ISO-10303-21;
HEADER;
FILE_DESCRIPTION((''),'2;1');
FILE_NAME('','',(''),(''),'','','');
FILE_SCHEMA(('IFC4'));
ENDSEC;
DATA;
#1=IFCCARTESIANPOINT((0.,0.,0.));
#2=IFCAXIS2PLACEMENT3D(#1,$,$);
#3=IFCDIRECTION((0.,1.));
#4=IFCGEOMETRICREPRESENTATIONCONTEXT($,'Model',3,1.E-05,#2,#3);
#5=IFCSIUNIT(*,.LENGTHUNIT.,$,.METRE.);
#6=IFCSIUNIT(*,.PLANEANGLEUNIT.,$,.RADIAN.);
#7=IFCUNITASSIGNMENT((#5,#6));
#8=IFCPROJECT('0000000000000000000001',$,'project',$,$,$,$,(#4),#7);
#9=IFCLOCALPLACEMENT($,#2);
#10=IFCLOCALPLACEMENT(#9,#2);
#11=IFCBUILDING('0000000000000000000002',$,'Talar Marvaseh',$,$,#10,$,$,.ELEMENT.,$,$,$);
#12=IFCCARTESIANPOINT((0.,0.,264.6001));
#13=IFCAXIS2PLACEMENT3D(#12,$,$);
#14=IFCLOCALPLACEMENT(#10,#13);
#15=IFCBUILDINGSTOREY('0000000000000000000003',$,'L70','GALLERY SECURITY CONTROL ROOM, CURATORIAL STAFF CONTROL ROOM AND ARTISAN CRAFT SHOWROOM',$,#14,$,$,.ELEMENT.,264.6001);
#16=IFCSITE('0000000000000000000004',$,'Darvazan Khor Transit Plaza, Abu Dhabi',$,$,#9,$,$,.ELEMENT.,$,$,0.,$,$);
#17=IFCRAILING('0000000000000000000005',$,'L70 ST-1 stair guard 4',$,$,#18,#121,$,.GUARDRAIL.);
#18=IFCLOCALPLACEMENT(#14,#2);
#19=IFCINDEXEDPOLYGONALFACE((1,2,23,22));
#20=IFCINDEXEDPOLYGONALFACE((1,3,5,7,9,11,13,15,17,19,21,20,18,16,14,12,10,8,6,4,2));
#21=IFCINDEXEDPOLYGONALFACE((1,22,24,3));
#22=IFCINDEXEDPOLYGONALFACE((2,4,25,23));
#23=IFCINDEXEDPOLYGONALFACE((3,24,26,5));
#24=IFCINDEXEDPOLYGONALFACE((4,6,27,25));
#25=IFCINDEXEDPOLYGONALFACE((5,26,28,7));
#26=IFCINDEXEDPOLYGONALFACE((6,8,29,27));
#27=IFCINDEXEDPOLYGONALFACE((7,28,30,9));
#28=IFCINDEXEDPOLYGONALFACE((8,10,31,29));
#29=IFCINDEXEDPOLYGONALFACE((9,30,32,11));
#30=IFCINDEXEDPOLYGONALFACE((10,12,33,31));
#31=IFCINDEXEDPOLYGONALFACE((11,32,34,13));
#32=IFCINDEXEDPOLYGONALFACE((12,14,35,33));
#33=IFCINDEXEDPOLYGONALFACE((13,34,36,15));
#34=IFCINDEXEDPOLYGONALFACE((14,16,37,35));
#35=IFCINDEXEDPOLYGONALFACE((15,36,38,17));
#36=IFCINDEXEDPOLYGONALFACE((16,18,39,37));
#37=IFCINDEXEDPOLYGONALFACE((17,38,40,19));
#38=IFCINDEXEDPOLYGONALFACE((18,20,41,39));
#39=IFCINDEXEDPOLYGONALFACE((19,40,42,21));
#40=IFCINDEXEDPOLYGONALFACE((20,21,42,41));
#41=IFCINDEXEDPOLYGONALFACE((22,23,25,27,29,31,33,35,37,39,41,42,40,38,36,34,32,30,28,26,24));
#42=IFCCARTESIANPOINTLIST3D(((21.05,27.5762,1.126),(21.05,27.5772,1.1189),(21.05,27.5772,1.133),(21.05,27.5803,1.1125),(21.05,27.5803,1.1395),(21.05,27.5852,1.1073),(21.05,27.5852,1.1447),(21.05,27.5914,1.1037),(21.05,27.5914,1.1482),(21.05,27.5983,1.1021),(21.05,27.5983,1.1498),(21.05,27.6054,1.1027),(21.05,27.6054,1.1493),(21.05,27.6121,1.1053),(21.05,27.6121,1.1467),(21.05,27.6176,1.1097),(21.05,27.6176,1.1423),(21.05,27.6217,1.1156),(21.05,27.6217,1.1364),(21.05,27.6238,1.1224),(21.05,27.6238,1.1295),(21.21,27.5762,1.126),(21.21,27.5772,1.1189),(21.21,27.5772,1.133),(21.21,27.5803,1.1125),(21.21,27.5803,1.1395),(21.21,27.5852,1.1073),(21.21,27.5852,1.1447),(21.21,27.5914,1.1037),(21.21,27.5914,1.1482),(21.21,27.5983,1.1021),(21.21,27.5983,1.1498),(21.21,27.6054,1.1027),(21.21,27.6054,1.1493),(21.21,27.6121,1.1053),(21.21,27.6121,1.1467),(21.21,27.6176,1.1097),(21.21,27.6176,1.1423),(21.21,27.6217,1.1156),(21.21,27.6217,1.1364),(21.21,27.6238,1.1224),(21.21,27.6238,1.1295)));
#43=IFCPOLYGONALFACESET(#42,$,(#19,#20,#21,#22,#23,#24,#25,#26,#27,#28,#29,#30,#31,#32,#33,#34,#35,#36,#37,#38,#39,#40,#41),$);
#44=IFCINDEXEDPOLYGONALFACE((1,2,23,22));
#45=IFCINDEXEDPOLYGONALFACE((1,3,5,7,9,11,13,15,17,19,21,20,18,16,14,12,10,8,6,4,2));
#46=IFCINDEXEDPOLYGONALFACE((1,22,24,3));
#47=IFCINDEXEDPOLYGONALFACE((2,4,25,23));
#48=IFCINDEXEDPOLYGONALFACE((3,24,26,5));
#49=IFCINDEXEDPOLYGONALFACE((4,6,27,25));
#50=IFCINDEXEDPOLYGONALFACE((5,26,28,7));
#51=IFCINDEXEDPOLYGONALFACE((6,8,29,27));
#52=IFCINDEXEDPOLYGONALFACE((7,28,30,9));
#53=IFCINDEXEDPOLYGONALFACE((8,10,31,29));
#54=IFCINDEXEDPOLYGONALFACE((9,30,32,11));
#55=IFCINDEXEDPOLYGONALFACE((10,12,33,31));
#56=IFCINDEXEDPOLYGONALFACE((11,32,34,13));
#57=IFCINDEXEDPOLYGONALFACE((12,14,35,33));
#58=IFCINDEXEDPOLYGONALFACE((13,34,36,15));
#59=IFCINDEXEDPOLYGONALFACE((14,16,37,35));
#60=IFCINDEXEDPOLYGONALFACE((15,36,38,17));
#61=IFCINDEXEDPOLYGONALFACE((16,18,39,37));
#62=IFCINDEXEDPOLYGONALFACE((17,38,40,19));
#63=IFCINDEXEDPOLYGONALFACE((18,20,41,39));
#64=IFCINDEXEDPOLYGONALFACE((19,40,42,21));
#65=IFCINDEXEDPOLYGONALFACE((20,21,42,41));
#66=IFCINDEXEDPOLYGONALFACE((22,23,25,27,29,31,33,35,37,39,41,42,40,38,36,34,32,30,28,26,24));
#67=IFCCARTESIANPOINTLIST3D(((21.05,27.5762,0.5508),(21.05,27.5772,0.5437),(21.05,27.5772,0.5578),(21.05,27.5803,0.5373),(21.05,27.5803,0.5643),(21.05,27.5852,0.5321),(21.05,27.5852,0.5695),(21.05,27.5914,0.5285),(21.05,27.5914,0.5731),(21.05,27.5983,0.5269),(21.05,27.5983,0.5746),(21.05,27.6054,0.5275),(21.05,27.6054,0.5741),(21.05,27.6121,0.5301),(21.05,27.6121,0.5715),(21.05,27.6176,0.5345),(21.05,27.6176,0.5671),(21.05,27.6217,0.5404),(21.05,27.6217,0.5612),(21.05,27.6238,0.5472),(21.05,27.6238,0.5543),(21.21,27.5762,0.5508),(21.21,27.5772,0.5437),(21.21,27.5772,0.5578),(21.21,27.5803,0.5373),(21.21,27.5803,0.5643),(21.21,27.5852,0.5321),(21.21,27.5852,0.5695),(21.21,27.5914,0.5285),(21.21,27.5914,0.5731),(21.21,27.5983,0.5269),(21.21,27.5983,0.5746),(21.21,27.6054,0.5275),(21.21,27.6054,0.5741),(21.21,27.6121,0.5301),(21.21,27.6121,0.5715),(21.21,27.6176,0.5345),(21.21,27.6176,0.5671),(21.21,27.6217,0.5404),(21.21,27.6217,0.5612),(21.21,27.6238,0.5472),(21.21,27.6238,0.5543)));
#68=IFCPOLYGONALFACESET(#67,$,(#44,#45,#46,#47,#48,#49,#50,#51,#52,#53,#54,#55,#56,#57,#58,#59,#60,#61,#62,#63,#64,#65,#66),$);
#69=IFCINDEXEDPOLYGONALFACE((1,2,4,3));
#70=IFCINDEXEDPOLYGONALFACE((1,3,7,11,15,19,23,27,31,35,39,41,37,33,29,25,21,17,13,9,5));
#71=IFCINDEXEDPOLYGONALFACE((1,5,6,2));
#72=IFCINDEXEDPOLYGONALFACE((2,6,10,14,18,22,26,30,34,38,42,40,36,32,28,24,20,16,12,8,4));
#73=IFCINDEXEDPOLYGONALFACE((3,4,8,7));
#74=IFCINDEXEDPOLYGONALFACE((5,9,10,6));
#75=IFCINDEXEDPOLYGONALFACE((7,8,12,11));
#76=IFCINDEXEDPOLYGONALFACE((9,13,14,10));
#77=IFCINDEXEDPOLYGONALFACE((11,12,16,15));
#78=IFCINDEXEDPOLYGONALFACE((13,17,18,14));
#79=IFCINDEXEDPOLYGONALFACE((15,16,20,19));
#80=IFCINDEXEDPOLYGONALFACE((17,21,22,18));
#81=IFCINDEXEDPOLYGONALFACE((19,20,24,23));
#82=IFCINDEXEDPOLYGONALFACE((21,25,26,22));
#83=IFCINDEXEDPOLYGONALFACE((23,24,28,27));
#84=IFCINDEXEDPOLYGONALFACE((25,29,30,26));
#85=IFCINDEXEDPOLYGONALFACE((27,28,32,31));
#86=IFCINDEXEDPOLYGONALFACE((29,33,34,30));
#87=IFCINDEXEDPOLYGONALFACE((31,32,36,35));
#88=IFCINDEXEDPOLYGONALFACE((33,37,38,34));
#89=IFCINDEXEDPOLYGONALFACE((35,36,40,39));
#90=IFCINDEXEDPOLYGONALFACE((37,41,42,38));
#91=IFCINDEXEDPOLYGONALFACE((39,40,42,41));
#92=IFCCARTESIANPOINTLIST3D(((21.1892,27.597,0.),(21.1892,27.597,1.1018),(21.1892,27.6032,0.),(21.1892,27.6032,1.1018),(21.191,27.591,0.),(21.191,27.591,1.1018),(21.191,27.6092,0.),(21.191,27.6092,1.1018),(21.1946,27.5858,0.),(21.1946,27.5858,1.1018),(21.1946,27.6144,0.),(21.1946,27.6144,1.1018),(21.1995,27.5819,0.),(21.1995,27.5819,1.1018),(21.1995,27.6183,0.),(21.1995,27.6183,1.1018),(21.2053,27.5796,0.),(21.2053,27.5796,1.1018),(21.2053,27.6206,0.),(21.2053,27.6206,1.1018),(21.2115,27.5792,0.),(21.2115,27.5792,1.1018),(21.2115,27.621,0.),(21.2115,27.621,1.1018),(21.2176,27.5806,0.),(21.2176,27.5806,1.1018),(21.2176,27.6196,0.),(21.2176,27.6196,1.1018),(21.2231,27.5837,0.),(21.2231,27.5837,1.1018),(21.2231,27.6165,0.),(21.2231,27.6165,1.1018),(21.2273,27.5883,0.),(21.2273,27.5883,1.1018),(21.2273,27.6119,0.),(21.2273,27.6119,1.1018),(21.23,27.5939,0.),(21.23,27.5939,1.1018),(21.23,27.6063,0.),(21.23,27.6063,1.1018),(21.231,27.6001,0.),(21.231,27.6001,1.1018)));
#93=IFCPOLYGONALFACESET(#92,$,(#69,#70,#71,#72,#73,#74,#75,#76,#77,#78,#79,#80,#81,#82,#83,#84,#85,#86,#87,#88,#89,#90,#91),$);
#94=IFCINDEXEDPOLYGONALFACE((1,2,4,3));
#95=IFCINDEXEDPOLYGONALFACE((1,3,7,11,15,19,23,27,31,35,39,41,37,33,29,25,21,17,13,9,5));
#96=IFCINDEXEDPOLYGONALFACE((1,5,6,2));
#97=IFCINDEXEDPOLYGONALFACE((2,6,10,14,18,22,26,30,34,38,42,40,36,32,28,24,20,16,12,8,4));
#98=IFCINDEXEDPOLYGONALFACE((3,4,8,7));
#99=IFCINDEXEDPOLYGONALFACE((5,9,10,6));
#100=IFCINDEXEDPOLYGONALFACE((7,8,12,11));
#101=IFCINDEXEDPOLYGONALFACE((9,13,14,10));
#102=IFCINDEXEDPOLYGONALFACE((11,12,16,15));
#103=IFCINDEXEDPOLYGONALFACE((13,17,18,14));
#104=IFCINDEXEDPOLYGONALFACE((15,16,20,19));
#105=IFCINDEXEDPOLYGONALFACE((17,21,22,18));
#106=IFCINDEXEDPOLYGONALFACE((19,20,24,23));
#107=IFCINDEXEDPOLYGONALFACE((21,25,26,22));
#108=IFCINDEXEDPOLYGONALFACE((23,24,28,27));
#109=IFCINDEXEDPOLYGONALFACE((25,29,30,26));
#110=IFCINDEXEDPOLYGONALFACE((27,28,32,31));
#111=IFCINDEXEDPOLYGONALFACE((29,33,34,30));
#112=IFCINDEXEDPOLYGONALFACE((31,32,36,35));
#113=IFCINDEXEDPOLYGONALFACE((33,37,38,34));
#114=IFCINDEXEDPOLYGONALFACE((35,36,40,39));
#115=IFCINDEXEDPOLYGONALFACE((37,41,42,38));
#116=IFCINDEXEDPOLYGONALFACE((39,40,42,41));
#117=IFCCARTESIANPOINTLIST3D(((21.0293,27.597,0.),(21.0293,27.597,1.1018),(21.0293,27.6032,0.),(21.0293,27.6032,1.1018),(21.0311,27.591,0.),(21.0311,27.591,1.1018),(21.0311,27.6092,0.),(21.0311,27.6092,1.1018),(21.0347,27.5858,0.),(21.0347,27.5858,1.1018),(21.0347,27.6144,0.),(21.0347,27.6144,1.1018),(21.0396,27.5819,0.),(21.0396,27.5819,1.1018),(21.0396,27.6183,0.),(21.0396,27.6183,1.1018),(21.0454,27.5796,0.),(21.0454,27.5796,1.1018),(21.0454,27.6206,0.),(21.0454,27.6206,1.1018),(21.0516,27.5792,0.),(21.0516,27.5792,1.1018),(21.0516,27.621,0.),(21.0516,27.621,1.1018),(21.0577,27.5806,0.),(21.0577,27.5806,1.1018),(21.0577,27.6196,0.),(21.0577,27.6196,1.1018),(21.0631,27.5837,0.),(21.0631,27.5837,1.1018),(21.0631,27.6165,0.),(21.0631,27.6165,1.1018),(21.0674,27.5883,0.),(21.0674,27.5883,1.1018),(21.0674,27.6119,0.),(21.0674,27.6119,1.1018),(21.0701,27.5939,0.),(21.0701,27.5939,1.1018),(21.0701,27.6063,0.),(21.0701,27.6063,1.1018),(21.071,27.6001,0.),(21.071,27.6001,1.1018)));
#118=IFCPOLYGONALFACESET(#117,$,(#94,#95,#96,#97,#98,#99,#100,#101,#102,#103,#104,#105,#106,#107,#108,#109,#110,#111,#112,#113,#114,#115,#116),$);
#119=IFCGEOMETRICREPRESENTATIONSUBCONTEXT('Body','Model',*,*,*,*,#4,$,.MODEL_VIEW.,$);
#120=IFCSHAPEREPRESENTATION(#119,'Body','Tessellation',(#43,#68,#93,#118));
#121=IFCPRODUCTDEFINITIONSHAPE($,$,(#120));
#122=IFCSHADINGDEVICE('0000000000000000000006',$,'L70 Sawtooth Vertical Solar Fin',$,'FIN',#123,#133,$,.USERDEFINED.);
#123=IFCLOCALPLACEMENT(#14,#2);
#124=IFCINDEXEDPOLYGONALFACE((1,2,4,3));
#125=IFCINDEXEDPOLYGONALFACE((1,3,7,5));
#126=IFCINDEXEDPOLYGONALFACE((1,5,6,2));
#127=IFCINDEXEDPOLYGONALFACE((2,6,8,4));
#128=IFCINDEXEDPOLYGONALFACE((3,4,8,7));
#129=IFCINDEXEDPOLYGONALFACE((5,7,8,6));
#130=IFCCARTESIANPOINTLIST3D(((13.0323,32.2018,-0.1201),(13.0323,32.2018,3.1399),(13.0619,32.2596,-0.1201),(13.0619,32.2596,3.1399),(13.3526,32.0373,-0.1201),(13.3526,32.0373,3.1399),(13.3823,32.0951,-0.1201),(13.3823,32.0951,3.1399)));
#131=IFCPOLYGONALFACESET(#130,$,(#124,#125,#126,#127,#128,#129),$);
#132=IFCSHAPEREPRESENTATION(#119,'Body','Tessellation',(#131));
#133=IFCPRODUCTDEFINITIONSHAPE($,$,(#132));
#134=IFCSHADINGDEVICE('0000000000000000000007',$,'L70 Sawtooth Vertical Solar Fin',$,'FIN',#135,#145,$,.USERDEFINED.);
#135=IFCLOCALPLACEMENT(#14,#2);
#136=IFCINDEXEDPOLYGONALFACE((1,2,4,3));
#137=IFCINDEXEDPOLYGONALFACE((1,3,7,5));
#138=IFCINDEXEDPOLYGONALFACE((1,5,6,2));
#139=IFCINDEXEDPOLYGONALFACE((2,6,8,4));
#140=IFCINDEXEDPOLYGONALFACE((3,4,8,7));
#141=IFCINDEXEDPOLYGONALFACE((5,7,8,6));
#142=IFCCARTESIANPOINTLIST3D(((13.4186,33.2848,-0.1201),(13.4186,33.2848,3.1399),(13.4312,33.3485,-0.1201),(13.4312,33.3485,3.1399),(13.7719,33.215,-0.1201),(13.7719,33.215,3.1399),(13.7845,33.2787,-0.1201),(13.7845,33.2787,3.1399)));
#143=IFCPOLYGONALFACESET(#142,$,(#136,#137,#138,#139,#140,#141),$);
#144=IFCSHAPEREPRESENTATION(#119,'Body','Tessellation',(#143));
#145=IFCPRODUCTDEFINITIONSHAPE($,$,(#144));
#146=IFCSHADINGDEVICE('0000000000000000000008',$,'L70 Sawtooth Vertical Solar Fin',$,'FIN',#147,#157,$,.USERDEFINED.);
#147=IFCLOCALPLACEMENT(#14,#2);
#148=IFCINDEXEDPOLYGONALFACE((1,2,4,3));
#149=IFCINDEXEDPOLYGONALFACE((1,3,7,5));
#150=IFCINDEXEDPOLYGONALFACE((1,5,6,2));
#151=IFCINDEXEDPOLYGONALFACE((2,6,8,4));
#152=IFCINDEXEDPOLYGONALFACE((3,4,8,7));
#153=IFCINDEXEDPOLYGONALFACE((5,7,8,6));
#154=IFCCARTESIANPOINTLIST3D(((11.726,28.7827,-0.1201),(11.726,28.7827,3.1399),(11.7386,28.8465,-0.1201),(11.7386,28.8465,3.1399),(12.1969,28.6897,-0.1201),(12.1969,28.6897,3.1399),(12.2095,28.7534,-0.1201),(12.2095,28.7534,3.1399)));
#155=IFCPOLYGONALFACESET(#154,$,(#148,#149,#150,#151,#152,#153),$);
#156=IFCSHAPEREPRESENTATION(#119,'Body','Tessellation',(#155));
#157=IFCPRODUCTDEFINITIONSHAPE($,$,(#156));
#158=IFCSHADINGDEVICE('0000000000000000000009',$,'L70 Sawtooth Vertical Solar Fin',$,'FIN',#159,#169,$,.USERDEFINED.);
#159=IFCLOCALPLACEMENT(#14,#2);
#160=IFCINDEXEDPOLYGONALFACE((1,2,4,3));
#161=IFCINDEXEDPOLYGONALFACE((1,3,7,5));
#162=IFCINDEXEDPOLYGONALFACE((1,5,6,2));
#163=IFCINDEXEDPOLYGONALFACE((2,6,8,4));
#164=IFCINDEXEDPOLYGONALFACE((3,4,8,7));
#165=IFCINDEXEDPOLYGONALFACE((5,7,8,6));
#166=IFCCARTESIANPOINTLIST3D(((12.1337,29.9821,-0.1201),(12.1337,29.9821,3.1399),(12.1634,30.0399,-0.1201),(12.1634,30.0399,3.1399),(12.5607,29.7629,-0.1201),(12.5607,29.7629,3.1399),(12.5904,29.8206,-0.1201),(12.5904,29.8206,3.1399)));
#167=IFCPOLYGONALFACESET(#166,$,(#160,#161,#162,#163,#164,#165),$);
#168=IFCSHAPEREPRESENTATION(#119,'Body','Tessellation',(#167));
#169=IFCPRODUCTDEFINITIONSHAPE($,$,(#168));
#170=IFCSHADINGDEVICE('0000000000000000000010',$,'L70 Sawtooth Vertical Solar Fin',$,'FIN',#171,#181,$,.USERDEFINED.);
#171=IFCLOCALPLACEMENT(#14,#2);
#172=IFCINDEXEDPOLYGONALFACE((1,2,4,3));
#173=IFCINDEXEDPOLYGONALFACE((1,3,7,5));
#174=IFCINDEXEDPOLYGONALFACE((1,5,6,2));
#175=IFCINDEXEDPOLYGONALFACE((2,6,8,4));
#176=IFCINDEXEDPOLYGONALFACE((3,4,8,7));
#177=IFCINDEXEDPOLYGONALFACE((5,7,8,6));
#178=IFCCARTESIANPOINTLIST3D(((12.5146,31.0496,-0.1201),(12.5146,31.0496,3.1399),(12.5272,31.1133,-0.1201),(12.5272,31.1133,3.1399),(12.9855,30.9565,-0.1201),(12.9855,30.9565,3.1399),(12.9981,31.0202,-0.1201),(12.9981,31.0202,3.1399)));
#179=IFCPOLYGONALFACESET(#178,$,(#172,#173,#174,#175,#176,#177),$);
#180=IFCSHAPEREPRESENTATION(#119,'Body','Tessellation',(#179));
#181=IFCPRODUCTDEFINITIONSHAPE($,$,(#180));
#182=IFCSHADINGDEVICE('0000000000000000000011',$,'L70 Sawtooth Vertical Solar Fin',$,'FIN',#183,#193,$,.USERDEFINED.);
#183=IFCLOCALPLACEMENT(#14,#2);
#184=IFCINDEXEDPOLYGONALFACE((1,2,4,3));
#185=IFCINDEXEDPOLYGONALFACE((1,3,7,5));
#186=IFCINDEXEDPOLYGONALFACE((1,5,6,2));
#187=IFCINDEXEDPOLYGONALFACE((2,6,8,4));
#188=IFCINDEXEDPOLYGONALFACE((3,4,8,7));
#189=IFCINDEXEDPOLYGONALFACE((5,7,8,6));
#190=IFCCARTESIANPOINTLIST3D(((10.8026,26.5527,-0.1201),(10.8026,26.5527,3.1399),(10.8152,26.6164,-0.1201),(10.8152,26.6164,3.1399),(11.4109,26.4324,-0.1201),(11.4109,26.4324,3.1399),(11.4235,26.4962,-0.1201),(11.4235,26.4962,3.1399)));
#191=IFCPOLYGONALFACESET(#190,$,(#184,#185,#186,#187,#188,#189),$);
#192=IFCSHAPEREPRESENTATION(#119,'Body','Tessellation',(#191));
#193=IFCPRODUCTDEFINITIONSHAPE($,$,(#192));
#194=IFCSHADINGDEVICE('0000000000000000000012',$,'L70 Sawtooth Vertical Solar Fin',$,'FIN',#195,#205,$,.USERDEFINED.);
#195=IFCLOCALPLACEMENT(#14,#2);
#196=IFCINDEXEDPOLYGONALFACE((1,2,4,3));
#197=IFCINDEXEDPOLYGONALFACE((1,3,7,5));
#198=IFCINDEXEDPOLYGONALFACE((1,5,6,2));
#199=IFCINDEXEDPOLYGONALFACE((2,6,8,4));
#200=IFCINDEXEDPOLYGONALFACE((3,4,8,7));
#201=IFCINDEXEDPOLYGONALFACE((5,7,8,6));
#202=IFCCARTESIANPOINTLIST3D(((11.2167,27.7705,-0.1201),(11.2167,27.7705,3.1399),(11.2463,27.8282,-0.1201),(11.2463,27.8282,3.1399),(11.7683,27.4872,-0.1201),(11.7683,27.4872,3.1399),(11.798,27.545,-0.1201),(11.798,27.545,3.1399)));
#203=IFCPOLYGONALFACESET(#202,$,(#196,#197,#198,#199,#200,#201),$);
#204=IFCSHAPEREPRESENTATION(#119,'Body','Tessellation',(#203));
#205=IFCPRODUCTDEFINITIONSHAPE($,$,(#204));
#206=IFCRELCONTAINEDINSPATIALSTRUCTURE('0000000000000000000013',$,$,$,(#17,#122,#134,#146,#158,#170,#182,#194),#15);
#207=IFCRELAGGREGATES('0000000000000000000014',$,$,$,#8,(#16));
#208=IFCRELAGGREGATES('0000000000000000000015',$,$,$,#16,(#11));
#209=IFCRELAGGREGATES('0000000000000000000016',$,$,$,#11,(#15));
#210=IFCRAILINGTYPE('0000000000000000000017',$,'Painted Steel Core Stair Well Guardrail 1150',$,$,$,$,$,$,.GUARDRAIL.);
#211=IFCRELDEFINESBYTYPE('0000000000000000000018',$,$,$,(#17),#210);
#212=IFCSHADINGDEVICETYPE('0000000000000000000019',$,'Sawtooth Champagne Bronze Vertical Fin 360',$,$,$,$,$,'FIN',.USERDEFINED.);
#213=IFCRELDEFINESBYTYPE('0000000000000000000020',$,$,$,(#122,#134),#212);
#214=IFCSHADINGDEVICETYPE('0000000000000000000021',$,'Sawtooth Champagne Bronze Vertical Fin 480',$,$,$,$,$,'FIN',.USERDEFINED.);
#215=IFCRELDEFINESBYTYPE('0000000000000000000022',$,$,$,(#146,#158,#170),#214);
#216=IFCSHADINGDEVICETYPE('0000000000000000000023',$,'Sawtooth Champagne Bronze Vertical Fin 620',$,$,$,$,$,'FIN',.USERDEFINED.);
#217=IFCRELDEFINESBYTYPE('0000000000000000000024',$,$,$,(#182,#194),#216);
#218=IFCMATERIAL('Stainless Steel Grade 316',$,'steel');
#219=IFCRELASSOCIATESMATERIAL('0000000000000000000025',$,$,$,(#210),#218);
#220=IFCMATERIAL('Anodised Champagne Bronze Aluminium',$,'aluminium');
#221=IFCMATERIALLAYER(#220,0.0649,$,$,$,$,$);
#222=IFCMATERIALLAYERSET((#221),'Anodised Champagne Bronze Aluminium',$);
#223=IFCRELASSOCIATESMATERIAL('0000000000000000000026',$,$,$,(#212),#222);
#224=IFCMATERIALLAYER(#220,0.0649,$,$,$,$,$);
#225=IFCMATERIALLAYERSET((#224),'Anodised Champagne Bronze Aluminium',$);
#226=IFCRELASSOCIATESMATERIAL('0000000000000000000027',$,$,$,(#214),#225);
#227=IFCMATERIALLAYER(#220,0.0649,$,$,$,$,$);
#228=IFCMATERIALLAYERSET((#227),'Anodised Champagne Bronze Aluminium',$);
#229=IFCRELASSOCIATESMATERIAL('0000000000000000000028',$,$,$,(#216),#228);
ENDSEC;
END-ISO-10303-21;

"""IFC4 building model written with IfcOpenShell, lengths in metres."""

from ifc_helpers import new_model, si_unit, direction, frame, origin, origin_2d, place, context, subcontext, project, spatial, rectangle, circle, extrude, source, transform, mapped, material, layer, layer_set, type_object, type_shapes, element, save


model = new_model("IFC4")

# Units and contexts
model_context = context("Model", 3, precision=1e-05, world=origin(), true_north=direction((0.0, 1.0)))
body_context = subcontext(model_context, "Body", "Model", "MODEL_VIEW")
ifc_project = project(units=[si_unit("LENGTHUNIT", "METRE"), si_unit("PLANEANGLEUNIT", "RADIAN")], contexts=[model_context])

# Site, building, storey
site_placement = place(None, origin())
site = spatial("IfcSite", under=ifc_project, at=site_placement, Name="Darvazan Khor Transit Plaza, Abu Dhabi", CompositionType="ELEMENT", RefElevation=0.0)
building_placement = place(site_placement, origin())
building = spatial("IfcBuilding", under=site, at=building_placement, Name="Talar Marvaseh", CompositionType="ELEMENT")
storey_placement = place(building_placement, frame((0.0, 0.0, 264.6001)))
storey = spatial("IfcBuildingStorey", under=building, at=storey_placement, Name="L70", Description="GALLERY SECURITY CONTROL ROOM, CURATORIAL STAFF CONTROL ROOM AND ARTISAN CRAFT SHOWROOM", CompositionType="ELEMENT", Elevation=264.6001)

# Railing
ifc_material_1 = material(Name="Stainless Steel Grade 316", Category="steel")
railing_type_1 = type_object("IfcRailingType", Name="Painted Steel Core Stair Well Guardrail 1150", PredefinedType="GUARDRAIL", material=ifc_material_1)
railing_1_placement = place(storey_placement, frame((21.21, 27.6001, 0.0)))
element("IfcRailing", 1, at=railing_1_placement, inside=storey, type_object=railing_type_1, Name="L70 ST-1 stair guard 4", PredefinedType="GUARDRAIL", context=body_context, shape_type="SweptSolid", body=[
    extrude(circle(Radius=0.0239, at=origin_2d()), frame((0.0, 0.0, 1.126), z_axis=(-1.0, 0.0, 0.0), x_axis=(0.0, -1.0, 0.0)), (0.0, 0.0, 1.0), 0.1599),
    extrude(circle(Radius=0.0239, at=origin_2d()), frame((0.0, 0.0, 0.5508), z_axis=(-1.0, 0.0, 0.0), x_axis=(0.0, -1.0, 0.0)), (0.0, 0.0, 1.0), 0.1599),
    extrude(circle(Radius=0.021, at=origin_2d()), origin(), (0.0, 0.0, 1.0), 1.1018),
    extrude(circle(Radius=0.021, at=origin_2d()), frame((-0.1599, 0.0, 0.0)), (0.0, 0.0, 1.0), 1.1018),
])

# Shading devices
ifc_material_2 = material(Name="Anodised Champagne Bronze Aluminium", Category="aluminium")
ifc_layer_1 = layer(ifc_material_2, 0.0649)
ifc_layer_set_1 = layer_set([ifc_layer_1], Name="Anodised Champagne Bronze Aluminium")
shading_device_type_1 = type_object("IfcShadingDeviceType", Name="Sawtooth Champagne Bronze Vertical Fin 360", ElementType="FIN", PredefinedType="USERDEFINED", material=ifc_layer_set_1)
shared_shape_1 = source(origin(), body_context, "Body", "SweptSolid", [
    extrude(rectangle(XDim=0.3601, YDim=0.0649, at=origin_2d()), origin(), (0.0, 0.0, 1.0), 3.26),
])
type_shapes(shading_device_type_1, [shared_shape_1])
for number, where, z_axis, x_axis, name in (
    (2, (13.2073, 32.1484, -0.1201), (0.0, 0.0, 1.0), (-0.889576, 0.456787, 0.0), "L70 Sawtooth Vertical Solar Fin"),
    (3, (13.6016, 33.2817, -0.1201), (0.0, 0.0, 1.0), (-0.981023, 0.193892, 0.0), "L70 Sawtooth Vertical Solar Fin"),
):
    element("IfcShadingDevice", number, at=place(storey_placement, frame(where, z_axis=z_axis, x_axis=x_axis)), inside=storey, type_object=shading_device_type_1, Name=name, ObjectType="FIN", PredefinedType="USERDEFINED", context=body_context, shape_type="MappedRepresentation", body=[
        mapped(shared_shape_1, transform((0.0, 0.0, 0.0), x_axis=(1.0, 0.0, 0.0), y_axis=(0.0, 1.0, 0.0), z_axis=(0.0, 0.0, 1.0), scale=1.0)),
    ])
ifc_layer_2 = layer(ifc_material_2, 0.0649)
ifc_layer_set_2 = layer_set([ifc_layer_2], Name="Anodised Champagne Bronze Aluminium")
shading_device_type_2 = type_object("IfcShadingDeviceType", Name="Sawtooth Champagne Bronze Vertical Fin 480", ElementType="FIN", PredefinedType="USERDEFINED", material=ifc_layer_set_2)
shared_shape_2 = source(origin(), body_context, "Body", "SweptSolid", [
    extrude(rectangle(XDim=0.48, YDim=0.0649, at=origin_2d()), origin(), (0.0, 0.0, 1.0), 3.26),
])
type_shapes(shading_device_type_2, [shared_shape_2])
for number, where, z_axis, x_axis, name in (
    (4, (11.9678, 28.7681, -0.1201), (0.0, 0.0, 1.0), (-0.981023, 0.193892, 0.0), "L70 Sawtooth Vertical Solar Fin"),
    (5, (12.3621, 29.9014, -0.1201), (0.0, 0.0, 1.0), (-0.889576, 0.456787, 0.0), "L70 Sawtooth Vertical Solar Fin"),
    (6, (12.7563, 31.0349, -0.1201), (0.0, 0.0, 1.0), (-0.981023, 0.193892, 0.0), "L70 Sawtooth Vertical Solar Fin"),
):
    element("IfcShadingDevice", number, at=place(storey_placement, frame(where, z_axis=z_axis, x_axis=x_axis)), inside=storey, type_object=shading_device_type_2, Name=name, ObjectType="FIN", PredefinedType="USERDEFINED", context=body_context, shape_type="MappedRepresentation", body=[
        mapped(shared_shape_2, transform((0.0, 0.0, 0.0), x_axis=(1.0, 0.0, 0.0), y_axis=(0.0, 1.0, 0.0), z_axis=(0.0, 0.0, 1.0), scale=1.0)),
    ])
ifc_layer_3 = layer(ifc_material_2, 0.0649)
ifc_layer_set_3 = layer_set([ifc_layer_3], Name="Anodised Champagne Bronze Aluminium")
shading_device_type_3 = type_object("IfcShadingDeviceType", Name="Sawtooth Champagne Bronze Vertical Fin 620", ElementType="FIN", PredefinedType="USERDEFINED", material=ifc_layer_set_3)
shared_shape_3 = source(origin(), body_context, "Body", "SweptSolid", [
    extrude(rectangle(XDim=0.6201, YDim=0.0649, at=origin_2d()), origin(), (0.0, 0.0, 1.0), 3.26),
])
type_shapes(shading_device_type_3, [shared_shape_3])
for number, where, z_axis, x_axis, name in (
    (7, (11.113, 26.5244, -0.1201), (0.0, 0.0, 1.0), (-0.981023, 0.193892, 0.0), "L70 Sawtooth Vertical Solar Fin"),
    (8, (11.5073, 27.6577, -0.1201), (0.0, 0.0, 1.0), (-0.889576, 0.456787, 0.0), "L70 Sawtooth Vertical Solar Fin"),
):
    element("IfcShadingDevice", number, at=place(storey_placement, frame(where, z_axis=z_axis, x_axis=x_axis)), inside=storey, type_object=shading_device_type_3, Name=name, ObjectType="FIN", PredefinedType="USERDEFINED", context=body_context, shape_type="MappedRepresentation", body=[
        mapped(shared_shape_3, transform((0.0, 0.0, 0.0), x_axis=(1.0, 0.0, 0.0), y_axis=(0.0, 1.0, 0.0), z_axis=(0.0, 0.0, 1.0), scale=1.0)),
    ])

save(model, "model.ifc")
